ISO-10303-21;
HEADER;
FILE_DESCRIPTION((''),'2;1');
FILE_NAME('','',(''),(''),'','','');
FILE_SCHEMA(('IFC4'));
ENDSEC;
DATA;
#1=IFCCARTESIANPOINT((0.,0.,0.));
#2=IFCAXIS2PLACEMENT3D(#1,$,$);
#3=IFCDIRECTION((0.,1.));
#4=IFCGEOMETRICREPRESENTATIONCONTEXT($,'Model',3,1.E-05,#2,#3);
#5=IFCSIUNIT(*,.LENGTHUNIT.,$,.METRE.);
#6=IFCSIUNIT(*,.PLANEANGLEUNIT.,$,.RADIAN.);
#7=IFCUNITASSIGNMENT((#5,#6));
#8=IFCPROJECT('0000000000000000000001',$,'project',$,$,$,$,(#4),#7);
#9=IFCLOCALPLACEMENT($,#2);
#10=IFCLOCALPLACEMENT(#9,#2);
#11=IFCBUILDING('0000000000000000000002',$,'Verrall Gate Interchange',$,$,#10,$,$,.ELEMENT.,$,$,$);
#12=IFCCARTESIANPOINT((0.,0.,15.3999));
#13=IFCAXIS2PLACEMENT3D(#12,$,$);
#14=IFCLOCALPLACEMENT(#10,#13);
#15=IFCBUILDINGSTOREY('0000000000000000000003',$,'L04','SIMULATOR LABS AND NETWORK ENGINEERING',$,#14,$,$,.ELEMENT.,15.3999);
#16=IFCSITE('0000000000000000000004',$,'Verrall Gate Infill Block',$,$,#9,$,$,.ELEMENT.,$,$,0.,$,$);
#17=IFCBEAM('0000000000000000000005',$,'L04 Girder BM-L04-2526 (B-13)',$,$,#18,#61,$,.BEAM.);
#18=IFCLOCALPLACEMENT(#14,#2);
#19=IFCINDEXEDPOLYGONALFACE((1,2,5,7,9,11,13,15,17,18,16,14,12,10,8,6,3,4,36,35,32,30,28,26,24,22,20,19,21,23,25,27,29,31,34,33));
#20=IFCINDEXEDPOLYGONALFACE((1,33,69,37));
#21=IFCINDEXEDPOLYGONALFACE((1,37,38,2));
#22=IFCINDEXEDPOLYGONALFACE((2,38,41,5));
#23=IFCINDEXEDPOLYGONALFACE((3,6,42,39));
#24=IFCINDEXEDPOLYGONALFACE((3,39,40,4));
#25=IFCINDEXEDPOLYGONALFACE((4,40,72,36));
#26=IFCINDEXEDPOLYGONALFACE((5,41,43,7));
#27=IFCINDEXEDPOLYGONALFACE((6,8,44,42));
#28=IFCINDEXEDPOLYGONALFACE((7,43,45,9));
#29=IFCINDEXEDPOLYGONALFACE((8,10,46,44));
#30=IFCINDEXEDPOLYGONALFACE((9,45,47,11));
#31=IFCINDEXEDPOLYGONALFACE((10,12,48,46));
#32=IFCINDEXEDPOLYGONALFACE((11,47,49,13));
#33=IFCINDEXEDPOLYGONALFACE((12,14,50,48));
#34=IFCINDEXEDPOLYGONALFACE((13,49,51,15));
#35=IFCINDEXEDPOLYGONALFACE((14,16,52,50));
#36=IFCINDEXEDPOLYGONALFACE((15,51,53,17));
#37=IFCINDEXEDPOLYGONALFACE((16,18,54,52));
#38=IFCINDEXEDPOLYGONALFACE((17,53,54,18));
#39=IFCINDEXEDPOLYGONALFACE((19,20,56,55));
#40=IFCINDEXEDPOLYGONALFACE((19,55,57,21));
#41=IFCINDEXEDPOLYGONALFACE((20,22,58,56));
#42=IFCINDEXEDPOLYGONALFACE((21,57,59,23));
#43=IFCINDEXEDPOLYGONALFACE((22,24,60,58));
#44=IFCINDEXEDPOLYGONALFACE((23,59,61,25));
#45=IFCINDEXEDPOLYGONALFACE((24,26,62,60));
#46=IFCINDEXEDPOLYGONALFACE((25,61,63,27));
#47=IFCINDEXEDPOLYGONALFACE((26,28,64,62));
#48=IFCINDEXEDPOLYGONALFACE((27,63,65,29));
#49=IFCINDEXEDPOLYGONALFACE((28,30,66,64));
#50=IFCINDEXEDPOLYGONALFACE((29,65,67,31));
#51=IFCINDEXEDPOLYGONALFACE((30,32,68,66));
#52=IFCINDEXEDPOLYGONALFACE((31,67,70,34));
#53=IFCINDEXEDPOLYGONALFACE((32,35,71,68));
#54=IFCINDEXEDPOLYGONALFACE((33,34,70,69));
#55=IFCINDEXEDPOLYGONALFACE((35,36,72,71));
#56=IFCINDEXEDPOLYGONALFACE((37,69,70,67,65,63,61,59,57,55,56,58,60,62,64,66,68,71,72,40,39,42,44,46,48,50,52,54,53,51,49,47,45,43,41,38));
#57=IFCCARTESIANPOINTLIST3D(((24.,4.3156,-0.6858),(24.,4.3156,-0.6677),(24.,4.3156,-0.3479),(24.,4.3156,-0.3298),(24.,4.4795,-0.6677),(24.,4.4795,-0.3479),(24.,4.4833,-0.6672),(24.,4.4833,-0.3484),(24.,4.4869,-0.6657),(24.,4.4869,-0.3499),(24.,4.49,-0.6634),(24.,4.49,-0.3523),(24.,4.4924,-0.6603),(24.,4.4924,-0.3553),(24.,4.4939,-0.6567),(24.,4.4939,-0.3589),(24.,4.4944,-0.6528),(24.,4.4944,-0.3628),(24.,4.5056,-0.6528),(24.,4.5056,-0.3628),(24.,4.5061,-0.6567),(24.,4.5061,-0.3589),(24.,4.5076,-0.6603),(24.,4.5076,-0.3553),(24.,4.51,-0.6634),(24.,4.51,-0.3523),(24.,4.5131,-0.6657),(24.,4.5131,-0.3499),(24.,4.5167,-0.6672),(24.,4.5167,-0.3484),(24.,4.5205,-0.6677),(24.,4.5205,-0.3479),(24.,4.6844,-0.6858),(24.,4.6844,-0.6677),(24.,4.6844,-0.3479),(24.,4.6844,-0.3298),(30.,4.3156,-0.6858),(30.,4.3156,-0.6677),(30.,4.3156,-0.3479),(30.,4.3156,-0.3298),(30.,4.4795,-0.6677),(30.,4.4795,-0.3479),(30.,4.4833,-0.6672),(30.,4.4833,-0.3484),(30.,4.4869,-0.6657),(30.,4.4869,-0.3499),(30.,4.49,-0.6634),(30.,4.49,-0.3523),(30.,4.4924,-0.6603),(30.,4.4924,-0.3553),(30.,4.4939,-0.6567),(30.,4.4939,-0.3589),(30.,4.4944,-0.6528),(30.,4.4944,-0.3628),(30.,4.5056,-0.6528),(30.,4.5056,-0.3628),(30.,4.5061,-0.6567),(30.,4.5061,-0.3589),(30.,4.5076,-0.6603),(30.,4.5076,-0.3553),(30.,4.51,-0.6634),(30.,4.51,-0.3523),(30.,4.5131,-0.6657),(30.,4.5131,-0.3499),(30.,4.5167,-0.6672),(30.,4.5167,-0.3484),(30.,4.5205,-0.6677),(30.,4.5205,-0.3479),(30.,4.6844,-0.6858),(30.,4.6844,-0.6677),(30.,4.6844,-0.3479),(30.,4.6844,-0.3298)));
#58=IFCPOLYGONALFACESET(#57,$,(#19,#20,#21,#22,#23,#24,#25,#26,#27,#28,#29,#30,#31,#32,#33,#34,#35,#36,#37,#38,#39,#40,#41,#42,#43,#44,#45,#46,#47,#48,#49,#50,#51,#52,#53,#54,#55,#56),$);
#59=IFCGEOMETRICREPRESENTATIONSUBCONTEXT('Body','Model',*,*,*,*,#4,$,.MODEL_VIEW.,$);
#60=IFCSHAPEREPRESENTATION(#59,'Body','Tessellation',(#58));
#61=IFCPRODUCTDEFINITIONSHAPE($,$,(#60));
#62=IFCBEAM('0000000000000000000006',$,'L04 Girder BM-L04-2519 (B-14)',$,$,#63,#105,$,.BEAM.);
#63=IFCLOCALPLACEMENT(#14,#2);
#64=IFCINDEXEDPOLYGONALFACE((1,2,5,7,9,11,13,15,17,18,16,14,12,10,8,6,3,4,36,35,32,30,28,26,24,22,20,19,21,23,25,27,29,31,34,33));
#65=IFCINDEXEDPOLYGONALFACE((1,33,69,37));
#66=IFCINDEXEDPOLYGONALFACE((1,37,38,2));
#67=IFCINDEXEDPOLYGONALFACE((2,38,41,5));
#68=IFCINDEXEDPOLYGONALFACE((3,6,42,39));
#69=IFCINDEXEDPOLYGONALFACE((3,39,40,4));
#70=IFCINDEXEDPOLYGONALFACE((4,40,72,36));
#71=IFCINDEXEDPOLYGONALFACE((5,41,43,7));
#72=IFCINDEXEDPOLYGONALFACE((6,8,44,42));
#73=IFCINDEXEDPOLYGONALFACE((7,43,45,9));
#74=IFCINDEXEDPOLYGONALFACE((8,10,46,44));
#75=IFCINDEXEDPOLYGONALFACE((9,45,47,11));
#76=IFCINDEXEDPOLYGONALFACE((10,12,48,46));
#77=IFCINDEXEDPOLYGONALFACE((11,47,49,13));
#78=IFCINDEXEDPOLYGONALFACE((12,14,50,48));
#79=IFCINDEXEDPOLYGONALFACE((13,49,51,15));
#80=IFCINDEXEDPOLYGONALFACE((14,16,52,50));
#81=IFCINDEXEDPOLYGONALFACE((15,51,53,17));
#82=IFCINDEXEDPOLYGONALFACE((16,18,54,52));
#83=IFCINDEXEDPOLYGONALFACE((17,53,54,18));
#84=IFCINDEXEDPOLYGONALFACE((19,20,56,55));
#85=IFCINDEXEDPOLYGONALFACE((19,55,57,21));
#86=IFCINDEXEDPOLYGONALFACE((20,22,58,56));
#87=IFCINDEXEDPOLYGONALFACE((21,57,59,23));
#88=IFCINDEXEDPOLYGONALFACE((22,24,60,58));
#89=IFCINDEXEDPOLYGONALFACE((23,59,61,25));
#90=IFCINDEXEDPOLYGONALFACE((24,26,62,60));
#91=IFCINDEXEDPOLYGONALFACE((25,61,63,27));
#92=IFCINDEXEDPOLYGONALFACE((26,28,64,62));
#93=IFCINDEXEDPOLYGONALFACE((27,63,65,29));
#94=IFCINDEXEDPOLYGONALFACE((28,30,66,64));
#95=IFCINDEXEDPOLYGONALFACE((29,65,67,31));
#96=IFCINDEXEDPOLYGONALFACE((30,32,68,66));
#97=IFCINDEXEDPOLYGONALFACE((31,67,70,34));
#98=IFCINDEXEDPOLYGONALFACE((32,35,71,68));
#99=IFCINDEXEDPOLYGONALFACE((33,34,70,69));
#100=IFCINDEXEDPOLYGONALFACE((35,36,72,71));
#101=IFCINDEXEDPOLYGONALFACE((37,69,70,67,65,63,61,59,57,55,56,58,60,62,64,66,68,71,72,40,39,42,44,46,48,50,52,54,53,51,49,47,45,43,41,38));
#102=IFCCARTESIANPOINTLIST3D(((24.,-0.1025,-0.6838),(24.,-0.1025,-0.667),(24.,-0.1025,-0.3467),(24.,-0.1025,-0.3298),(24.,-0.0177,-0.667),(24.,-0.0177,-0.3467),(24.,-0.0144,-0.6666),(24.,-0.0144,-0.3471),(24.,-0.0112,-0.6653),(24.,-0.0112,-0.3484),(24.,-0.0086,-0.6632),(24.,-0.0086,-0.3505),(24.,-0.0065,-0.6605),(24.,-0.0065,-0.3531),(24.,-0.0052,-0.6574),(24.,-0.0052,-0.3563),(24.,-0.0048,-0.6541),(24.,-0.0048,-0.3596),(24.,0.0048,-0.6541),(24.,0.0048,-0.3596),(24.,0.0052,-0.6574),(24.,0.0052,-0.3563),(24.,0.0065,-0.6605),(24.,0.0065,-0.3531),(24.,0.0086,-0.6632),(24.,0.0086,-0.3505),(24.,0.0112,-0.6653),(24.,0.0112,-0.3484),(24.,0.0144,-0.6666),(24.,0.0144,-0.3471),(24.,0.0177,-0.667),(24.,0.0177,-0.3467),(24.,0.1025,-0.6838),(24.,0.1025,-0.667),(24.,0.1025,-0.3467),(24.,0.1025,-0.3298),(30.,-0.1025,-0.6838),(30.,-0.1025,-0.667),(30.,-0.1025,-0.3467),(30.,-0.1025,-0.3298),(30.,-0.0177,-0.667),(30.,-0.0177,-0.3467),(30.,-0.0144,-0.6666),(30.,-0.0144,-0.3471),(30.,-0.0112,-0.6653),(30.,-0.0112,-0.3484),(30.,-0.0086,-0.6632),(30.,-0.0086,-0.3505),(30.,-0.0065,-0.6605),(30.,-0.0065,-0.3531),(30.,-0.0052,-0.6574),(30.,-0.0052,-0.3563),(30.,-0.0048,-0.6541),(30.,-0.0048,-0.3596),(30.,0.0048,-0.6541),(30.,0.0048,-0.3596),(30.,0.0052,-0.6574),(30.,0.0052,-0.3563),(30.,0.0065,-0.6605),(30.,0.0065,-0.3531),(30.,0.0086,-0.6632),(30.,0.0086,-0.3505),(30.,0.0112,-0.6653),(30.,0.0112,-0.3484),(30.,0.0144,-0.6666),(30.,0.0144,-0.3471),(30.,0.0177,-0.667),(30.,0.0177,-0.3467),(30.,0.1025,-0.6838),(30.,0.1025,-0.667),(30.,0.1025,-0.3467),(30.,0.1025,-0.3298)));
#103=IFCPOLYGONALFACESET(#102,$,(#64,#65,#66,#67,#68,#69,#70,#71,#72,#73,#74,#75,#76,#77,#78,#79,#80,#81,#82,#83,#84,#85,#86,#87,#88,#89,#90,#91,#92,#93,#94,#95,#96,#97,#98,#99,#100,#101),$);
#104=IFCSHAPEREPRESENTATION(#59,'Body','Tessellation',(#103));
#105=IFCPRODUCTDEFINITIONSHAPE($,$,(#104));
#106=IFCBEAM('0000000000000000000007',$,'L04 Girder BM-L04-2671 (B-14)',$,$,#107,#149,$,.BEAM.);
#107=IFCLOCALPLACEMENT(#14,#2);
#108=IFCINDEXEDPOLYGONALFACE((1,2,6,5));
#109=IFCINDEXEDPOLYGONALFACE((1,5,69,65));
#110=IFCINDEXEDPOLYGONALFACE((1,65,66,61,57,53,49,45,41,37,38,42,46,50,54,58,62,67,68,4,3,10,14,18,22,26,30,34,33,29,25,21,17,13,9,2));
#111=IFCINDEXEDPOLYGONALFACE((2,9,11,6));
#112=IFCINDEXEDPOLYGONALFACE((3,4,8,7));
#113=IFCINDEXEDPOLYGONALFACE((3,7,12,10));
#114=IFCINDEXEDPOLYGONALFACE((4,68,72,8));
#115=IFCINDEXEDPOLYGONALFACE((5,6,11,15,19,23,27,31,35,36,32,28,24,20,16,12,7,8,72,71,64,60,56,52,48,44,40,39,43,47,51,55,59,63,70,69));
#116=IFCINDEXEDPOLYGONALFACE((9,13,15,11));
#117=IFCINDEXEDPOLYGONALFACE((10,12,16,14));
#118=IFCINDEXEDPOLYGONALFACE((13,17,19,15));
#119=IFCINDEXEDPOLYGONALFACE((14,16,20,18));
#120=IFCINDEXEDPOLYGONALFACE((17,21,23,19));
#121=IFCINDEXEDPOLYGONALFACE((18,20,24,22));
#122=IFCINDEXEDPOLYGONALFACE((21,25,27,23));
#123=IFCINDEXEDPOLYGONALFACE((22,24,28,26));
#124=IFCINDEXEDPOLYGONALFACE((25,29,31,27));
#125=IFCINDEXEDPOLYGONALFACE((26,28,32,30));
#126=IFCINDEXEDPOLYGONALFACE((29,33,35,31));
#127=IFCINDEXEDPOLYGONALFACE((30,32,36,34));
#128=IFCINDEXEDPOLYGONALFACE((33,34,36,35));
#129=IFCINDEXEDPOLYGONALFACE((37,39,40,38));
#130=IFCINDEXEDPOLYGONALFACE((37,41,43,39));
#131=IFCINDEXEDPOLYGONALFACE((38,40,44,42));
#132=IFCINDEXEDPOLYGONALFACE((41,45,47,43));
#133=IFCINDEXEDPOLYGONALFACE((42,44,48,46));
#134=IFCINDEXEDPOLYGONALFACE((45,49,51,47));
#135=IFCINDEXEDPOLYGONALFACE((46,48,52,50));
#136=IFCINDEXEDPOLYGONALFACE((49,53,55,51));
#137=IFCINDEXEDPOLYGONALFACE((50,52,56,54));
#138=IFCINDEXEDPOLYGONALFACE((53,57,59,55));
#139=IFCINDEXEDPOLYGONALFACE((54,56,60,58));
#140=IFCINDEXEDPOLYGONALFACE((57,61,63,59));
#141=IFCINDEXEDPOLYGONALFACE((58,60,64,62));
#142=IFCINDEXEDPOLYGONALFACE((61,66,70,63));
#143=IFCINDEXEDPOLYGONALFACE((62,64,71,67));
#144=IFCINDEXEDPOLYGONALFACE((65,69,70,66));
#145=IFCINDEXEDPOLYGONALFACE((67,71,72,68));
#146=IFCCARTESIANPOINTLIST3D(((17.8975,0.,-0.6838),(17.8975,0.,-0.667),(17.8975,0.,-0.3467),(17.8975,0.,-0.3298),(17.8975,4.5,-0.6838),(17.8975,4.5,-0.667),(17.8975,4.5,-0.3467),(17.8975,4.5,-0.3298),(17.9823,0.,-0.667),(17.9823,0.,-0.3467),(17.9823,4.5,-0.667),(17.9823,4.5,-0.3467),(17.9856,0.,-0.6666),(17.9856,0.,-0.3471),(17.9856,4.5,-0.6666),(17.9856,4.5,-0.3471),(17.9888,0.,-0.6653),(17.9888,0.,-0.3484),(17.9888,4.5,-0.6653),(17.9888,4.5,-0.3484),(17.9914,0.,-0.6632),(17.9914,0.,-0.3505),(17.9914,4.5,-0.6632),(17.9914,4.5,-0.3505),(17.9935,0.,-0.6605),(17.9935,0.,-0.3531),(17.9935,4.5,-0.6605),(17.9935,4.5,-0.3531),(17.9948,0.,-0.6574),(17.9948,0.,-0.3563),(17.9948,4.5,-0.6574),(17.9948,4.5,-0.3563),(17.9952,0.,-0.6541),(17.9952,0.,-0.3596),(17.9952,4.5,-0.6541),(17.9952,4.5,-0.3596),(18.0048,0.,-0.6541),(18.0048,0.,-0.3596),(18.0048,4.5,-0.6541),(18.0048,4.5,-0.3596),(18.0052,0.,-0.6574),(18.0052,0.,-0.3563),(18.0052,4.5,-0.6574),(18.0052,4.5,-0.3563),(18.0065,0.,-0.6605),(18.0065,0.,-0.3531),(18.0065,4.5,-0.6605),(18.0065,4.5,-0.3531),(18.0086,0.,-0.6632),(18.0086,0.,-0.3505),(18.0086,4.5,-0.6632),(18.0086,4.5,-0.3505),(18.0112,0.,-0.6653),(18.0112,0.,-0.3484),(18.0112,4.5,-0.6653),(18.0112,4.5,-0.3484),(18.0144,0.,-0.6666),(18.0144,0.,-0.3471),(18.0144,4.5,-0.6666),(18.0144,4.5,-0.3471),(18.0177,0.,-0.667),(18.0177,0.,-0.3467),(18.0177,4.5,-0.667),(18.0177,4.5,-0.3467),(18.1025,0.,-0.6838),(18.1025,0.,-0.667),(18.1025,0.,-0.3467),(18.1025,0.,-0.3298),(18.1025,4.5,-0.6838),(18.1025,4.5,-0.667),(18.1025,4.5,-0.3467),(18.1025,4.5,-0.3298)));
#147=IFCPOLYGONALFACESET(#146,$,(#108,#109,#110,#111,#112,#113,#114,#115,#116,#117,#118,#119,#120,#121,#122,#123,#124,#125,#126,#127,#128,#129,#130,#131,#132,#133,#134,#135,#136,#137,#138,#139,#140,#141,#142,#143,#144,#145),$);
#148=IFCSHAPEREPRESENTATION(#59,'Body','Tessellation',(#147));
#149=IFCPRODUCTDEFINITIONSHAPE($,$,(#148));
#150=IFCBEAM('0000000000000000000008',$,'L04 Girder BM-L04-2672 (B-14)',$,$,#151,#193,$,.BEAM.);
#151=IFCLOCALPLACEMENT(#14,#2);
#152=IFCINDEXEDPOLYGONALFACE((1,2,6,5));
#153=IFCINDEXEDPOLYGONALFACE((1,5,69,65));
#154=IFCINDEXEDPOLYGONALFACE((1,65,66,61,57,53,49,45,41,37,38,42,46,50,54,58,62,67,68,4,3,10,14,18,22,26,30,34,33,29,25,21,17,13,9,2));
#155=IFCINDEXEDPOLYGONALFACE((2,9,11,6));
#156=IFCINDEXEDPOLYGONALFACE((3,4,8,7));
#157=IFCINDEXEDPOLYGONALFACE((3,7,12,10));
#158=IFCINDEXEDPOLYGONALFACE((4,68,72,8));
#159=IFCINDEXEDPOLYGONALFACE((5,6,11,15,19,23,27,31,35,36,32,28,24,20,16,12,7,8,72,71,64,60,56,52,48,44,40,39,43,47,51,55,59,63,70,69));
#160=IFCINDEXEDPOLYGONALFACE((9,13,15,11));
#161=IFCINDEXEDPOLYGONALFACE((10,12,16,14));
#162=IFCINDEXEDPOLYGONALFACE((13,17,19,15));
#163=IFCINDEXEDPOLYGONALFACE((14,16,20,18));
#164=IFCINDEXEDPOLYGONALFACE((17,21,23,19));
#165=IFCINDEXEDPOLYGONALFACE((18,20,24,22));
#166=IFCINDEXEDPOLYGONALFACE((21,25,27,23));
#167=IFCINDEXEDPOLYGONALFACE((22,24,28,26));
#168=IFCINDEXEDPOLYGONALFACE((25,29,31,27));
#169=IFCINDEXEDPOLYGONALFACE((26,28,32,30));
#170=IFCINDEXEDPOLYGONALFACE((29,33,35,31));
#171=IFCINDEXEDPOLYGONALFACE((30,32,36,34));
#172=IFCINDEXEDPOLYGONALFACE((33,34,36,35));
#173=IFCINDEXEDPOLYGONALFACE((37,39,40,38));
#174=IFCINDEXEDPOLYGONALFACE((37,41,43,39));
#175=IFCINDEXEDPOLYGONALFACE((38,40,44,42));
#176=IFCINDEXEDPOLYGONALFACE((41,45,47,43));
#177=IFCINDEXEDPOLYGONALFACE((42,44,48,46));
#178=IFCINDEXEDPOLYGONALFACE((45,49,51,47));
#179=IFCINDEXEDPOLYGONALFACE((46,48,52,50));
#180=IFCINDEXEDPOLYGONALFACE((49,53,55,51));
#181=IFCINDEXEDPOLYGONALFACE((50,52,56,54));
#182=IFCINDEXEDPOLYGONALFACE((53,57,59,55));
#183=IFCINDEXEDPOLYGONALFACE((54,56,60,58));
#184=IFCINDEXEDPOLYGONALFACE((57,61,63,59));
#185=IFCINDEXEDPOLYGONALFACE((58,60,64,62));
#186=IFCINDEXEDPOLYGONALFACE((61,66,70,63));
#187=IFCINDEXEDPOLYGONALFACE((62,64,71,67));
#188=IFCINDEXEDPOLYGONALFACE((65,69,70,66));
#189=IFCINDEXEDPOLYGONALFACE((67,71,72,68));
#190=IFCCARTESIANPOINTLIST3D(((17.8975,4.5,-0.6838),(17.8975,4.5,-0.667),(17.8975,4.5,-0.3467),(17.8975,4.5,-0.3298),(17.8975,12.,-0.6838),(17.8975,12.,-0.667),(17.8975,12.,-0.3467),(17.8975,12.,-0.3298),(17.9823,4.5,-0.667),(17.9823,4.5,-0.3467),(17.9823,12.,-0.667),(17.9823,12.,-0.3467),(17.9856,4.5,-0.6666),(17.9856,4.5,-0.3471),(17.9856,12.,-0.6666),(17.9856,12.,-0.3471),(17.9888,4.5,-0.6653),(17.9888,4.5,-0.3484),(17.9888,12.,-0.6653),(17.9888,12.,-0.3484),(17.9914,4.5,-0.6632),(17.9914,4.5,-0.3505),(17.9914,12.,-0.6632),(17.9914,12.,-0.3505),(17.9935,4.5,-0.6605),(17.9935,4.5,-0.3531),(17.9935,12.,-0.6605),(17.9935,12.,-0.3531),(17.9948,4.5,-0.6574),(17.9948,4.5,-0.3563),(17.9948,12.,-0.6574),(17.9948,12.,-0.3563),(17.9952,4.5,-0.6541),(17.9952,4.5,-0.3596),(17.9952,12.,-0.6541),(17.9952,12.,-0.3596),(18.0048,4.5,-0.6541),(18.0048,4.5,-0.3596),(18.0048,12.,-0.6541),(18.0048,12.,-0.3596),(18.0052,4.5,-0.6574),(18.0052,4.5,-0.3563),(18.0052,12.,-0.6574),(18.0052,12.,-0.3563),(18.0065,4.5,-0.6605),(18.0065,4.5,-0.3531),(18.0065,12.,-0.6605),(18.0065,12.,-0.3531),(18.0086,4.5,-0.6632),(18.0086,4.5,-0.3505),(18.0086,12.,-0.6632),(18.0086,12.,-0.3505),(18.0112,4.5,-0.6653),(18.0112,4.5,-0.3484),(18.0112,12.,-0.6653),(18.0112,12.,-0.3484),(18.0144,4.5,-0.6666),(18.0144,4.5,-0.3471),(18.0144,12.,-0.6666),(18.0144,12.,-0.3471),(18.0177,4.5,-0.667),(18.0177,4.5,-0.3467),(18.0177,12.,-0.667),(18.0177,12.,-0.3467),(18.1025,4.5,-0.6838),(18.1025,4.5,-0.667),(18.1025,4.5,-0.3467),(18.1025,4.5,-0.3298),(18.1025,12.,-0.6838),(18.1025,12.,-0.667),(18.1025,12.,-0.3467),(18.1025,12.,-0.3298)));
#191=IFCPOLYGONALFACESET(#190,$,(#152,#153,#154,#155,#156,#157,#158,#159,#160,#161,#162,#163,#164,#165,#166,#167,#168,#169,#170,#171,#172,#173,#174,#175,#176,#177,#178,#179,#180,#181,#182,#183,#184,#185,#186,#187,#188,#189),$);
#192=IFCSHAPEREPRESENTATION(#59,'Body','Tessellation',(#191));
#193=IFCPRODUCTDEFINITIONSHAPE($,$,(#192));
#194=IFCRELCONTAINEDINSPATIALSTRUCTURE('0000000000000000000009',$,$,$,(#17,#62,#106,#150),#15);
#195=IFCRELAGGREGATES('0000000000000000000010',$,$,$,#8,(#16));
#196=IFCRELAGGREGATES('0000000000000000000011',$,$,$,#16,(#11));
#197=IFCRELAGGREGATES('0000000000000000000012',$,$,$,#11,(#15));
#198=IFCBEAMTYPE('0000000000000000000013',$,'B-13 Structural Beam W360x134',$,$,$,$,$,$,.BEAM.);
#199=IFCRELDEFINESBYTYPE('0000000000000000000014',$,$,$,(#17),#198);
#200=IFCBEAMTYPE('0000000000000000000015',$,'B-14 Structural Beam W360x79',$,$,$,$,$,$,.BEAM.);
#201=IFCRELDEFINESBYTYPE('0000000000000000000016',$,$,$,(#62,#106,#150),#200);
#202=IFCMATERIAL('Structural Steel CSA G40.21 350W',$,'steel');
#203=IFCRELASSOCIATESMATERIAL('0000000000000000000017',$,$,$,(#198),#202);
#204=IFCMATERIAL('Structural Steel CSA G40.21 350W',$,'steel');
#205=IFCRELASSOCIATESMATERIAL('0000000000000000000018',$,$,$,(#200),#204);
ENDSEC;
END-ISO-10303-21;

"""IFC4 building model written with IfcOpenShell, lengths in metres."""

from ifc_helpers import new_model, si_unit, direction, frame, origin, origin_2d, place, context, subcontext, project, spatial, i_section, extrude, material, material_profile, profile_set, type_object, element, save


model = new_model("IFC4")

# Units and contexts
model_context = context("Model", 3, precision=1e-05, world=origin(), true_north=direction((0.0, 1.0)))
body_context = subcontext(model_context, "Body", "Model", "MODEL_VIEW")
ifc_project = project(units=[si_unit("LENGTHUNIT", "METRE"), si_unit("PLANEANGLEUNIT", "RADIAN")], contexts=[model_context])

# Site, building, storey
site_placement = place(None, origin())
site = spatial("IfcSite", under=ifc_project, at=site_placement, Name="Verrall Gate Infill Block", CompositionType="ELEMENT", RefElevation=0.0)
building_placement = place(site_placement, origin())
building = spatial("IfcBuilding", under=site, at=building_placement, Name="Verrall Gate Interchange", CompositionType="ELEMENT")
storey_placement = place(building_placement, frame((0.0, 0.0, 15.3999)))
storey = spatial("IfcBuildingStorey", under=building, at=storey_placement, Name="L04", Description="SIMULATOR LABS AND NETWORK ENGINEERING", CompositionType="ELEMENT", Elevation=15.3999)

# Beams
ifc_material_1 = material(Name="Structural Steel CSA G40.21 350W", Category="steel")
ifc_material_profile_1 = material_profile(ifc_material_1, i_section(OverallWidth=0.3689, OverallDepth=0.356, WebThickness=0.0112, FlangeThickness=0.0181, FilletRadius=0.0149, at=origin_2d()), Name="W360x134")
ifc_profile_set_1 = profile_set([ifc_material_profile_1], Name="Structural Steel CSA G40.21 350W")
beam_type_1 = type_object("IfcBeamType", Name="B-13 Structural Beam W360x134", PredefinedType="BEAM", material=ifc_profile_set_1)
for number, where, z_axis, x_axis, name in (
    (1, (24.0, 4.5, -0.5078), (1.0, 0.0, 0.0), (0.0, 1.0, 0.0), "L04 Girder BM-L04-2526 (B-13)"),
):
    element("IfcBeam", number, at=place(storey_placement, frame(where, z_axis=z_axis, x_axis=x_axis)), inside=storey, type_object=beam_type_1, Name=name, PredefinedType="BEAM", context=body_context, shape_type="SweptSolid", body=[
        extrude(i_section(OverallWidth=0.3689, OverallDepth=0.356, WebThickness=0.0112, FlangeThickness=0.0181, FilletRadius=0.0149, at=origin_2d()), origin(), (0.0, 0.0, 1.0), 6.0),
    ])
ifc_material_2 = material(Name="Structural Steel CSA G40.21 350W", Category="steel")
ifc_material_profile_2 = material_profile(ifc_material_2, i_section(OverallWidth=0.2051, OverallDepth=0.354, WebThickness=0.0095, FlangeThickness=0.0168, FilletRadius=0.0129, at=origin_2d()), Name="W360x79")
ifc_profile_set_2 = profile_set([ifc_material_profile_2], Name="Structural Steel CSA G40.21 350W")
beam_type_2 = type_object("IfcBeamType", Name="B-14 Structural Beam W360x79", PredefinedType="BEAM", material=ifc_profile_set_2)
beam_1_placement = place(storey_placement, frame((24.0, 0.0, -0.5068), z_axis=(1.0, 0.0, 0.0), x_axis=(0.0, 1.0, 0.0)))
element("IfcBeam", 2, at=beam_1_placement, inside=storey, type_object=beam_type_2, Name="L04 Girder BM-L04-2519 (B-14)", PredefinedType="BEAM", context=body_context, shape_type="SweptSolid", body=[
    extrude(i_section(OverallWidth=0.2051, OverallDepth=0.354, WebThickness=0.0095, FlangeThickness=0.0168, FilletRadius=0.0129, at=origin_2d()), origin(), (0.0, 0.0, 1.0), 6.0),
])
beam_2_placement = place(storey_placement, frame((18.0, 0.0, -0.5068), z_axis=(0.0, 1.0, 0.0), x_axis=(-1.0, 0.0, 0.0)))
element("IfcBeam", 3, at=beam_2_placement, inside=storey, type_object=beam_type_2, Name="L04 Girder BM-L04-2671 (B-14)", PredefinedType="BEAM", context=body_context, shape_type="SweptSolid", body=[
    extrude(i_section(OverallWidth=0.2051, OverallDepth=0.354, WebThickness=0.0095, FlangeThickness=0.0168, FilletRadius=0.0129, at=origin_2d()), origin(), (0.0, 0.0, 1.0), 4.5),
])
beam_3_placement = place(storey_placement, frame((18.0, 4.5, -0.5068), z_axis=(0.0, 1.0, 0.0), x_axis=(-1.0, 0.0, 0.0)))
element("IfcBeam", 4, at=beam_3_placement, inside=storey, type_object=beam_type_2, Name="L04 Girder BM-L04-2672 (B-14)", PredefinedType="BEAM", context=body_context, shape_type="SweptSolid", body=[
    extrude(i_section(OverallWidth=0.2051, OverallDepth=0.354, WebThickness=0.0095, FlangeThickness=0.0168, FilletRadius=0.0129, at=origin_2d()), origin(), (0.0, 0.0, 1.0), 7.5),
])

save(model, "model.ifc")
